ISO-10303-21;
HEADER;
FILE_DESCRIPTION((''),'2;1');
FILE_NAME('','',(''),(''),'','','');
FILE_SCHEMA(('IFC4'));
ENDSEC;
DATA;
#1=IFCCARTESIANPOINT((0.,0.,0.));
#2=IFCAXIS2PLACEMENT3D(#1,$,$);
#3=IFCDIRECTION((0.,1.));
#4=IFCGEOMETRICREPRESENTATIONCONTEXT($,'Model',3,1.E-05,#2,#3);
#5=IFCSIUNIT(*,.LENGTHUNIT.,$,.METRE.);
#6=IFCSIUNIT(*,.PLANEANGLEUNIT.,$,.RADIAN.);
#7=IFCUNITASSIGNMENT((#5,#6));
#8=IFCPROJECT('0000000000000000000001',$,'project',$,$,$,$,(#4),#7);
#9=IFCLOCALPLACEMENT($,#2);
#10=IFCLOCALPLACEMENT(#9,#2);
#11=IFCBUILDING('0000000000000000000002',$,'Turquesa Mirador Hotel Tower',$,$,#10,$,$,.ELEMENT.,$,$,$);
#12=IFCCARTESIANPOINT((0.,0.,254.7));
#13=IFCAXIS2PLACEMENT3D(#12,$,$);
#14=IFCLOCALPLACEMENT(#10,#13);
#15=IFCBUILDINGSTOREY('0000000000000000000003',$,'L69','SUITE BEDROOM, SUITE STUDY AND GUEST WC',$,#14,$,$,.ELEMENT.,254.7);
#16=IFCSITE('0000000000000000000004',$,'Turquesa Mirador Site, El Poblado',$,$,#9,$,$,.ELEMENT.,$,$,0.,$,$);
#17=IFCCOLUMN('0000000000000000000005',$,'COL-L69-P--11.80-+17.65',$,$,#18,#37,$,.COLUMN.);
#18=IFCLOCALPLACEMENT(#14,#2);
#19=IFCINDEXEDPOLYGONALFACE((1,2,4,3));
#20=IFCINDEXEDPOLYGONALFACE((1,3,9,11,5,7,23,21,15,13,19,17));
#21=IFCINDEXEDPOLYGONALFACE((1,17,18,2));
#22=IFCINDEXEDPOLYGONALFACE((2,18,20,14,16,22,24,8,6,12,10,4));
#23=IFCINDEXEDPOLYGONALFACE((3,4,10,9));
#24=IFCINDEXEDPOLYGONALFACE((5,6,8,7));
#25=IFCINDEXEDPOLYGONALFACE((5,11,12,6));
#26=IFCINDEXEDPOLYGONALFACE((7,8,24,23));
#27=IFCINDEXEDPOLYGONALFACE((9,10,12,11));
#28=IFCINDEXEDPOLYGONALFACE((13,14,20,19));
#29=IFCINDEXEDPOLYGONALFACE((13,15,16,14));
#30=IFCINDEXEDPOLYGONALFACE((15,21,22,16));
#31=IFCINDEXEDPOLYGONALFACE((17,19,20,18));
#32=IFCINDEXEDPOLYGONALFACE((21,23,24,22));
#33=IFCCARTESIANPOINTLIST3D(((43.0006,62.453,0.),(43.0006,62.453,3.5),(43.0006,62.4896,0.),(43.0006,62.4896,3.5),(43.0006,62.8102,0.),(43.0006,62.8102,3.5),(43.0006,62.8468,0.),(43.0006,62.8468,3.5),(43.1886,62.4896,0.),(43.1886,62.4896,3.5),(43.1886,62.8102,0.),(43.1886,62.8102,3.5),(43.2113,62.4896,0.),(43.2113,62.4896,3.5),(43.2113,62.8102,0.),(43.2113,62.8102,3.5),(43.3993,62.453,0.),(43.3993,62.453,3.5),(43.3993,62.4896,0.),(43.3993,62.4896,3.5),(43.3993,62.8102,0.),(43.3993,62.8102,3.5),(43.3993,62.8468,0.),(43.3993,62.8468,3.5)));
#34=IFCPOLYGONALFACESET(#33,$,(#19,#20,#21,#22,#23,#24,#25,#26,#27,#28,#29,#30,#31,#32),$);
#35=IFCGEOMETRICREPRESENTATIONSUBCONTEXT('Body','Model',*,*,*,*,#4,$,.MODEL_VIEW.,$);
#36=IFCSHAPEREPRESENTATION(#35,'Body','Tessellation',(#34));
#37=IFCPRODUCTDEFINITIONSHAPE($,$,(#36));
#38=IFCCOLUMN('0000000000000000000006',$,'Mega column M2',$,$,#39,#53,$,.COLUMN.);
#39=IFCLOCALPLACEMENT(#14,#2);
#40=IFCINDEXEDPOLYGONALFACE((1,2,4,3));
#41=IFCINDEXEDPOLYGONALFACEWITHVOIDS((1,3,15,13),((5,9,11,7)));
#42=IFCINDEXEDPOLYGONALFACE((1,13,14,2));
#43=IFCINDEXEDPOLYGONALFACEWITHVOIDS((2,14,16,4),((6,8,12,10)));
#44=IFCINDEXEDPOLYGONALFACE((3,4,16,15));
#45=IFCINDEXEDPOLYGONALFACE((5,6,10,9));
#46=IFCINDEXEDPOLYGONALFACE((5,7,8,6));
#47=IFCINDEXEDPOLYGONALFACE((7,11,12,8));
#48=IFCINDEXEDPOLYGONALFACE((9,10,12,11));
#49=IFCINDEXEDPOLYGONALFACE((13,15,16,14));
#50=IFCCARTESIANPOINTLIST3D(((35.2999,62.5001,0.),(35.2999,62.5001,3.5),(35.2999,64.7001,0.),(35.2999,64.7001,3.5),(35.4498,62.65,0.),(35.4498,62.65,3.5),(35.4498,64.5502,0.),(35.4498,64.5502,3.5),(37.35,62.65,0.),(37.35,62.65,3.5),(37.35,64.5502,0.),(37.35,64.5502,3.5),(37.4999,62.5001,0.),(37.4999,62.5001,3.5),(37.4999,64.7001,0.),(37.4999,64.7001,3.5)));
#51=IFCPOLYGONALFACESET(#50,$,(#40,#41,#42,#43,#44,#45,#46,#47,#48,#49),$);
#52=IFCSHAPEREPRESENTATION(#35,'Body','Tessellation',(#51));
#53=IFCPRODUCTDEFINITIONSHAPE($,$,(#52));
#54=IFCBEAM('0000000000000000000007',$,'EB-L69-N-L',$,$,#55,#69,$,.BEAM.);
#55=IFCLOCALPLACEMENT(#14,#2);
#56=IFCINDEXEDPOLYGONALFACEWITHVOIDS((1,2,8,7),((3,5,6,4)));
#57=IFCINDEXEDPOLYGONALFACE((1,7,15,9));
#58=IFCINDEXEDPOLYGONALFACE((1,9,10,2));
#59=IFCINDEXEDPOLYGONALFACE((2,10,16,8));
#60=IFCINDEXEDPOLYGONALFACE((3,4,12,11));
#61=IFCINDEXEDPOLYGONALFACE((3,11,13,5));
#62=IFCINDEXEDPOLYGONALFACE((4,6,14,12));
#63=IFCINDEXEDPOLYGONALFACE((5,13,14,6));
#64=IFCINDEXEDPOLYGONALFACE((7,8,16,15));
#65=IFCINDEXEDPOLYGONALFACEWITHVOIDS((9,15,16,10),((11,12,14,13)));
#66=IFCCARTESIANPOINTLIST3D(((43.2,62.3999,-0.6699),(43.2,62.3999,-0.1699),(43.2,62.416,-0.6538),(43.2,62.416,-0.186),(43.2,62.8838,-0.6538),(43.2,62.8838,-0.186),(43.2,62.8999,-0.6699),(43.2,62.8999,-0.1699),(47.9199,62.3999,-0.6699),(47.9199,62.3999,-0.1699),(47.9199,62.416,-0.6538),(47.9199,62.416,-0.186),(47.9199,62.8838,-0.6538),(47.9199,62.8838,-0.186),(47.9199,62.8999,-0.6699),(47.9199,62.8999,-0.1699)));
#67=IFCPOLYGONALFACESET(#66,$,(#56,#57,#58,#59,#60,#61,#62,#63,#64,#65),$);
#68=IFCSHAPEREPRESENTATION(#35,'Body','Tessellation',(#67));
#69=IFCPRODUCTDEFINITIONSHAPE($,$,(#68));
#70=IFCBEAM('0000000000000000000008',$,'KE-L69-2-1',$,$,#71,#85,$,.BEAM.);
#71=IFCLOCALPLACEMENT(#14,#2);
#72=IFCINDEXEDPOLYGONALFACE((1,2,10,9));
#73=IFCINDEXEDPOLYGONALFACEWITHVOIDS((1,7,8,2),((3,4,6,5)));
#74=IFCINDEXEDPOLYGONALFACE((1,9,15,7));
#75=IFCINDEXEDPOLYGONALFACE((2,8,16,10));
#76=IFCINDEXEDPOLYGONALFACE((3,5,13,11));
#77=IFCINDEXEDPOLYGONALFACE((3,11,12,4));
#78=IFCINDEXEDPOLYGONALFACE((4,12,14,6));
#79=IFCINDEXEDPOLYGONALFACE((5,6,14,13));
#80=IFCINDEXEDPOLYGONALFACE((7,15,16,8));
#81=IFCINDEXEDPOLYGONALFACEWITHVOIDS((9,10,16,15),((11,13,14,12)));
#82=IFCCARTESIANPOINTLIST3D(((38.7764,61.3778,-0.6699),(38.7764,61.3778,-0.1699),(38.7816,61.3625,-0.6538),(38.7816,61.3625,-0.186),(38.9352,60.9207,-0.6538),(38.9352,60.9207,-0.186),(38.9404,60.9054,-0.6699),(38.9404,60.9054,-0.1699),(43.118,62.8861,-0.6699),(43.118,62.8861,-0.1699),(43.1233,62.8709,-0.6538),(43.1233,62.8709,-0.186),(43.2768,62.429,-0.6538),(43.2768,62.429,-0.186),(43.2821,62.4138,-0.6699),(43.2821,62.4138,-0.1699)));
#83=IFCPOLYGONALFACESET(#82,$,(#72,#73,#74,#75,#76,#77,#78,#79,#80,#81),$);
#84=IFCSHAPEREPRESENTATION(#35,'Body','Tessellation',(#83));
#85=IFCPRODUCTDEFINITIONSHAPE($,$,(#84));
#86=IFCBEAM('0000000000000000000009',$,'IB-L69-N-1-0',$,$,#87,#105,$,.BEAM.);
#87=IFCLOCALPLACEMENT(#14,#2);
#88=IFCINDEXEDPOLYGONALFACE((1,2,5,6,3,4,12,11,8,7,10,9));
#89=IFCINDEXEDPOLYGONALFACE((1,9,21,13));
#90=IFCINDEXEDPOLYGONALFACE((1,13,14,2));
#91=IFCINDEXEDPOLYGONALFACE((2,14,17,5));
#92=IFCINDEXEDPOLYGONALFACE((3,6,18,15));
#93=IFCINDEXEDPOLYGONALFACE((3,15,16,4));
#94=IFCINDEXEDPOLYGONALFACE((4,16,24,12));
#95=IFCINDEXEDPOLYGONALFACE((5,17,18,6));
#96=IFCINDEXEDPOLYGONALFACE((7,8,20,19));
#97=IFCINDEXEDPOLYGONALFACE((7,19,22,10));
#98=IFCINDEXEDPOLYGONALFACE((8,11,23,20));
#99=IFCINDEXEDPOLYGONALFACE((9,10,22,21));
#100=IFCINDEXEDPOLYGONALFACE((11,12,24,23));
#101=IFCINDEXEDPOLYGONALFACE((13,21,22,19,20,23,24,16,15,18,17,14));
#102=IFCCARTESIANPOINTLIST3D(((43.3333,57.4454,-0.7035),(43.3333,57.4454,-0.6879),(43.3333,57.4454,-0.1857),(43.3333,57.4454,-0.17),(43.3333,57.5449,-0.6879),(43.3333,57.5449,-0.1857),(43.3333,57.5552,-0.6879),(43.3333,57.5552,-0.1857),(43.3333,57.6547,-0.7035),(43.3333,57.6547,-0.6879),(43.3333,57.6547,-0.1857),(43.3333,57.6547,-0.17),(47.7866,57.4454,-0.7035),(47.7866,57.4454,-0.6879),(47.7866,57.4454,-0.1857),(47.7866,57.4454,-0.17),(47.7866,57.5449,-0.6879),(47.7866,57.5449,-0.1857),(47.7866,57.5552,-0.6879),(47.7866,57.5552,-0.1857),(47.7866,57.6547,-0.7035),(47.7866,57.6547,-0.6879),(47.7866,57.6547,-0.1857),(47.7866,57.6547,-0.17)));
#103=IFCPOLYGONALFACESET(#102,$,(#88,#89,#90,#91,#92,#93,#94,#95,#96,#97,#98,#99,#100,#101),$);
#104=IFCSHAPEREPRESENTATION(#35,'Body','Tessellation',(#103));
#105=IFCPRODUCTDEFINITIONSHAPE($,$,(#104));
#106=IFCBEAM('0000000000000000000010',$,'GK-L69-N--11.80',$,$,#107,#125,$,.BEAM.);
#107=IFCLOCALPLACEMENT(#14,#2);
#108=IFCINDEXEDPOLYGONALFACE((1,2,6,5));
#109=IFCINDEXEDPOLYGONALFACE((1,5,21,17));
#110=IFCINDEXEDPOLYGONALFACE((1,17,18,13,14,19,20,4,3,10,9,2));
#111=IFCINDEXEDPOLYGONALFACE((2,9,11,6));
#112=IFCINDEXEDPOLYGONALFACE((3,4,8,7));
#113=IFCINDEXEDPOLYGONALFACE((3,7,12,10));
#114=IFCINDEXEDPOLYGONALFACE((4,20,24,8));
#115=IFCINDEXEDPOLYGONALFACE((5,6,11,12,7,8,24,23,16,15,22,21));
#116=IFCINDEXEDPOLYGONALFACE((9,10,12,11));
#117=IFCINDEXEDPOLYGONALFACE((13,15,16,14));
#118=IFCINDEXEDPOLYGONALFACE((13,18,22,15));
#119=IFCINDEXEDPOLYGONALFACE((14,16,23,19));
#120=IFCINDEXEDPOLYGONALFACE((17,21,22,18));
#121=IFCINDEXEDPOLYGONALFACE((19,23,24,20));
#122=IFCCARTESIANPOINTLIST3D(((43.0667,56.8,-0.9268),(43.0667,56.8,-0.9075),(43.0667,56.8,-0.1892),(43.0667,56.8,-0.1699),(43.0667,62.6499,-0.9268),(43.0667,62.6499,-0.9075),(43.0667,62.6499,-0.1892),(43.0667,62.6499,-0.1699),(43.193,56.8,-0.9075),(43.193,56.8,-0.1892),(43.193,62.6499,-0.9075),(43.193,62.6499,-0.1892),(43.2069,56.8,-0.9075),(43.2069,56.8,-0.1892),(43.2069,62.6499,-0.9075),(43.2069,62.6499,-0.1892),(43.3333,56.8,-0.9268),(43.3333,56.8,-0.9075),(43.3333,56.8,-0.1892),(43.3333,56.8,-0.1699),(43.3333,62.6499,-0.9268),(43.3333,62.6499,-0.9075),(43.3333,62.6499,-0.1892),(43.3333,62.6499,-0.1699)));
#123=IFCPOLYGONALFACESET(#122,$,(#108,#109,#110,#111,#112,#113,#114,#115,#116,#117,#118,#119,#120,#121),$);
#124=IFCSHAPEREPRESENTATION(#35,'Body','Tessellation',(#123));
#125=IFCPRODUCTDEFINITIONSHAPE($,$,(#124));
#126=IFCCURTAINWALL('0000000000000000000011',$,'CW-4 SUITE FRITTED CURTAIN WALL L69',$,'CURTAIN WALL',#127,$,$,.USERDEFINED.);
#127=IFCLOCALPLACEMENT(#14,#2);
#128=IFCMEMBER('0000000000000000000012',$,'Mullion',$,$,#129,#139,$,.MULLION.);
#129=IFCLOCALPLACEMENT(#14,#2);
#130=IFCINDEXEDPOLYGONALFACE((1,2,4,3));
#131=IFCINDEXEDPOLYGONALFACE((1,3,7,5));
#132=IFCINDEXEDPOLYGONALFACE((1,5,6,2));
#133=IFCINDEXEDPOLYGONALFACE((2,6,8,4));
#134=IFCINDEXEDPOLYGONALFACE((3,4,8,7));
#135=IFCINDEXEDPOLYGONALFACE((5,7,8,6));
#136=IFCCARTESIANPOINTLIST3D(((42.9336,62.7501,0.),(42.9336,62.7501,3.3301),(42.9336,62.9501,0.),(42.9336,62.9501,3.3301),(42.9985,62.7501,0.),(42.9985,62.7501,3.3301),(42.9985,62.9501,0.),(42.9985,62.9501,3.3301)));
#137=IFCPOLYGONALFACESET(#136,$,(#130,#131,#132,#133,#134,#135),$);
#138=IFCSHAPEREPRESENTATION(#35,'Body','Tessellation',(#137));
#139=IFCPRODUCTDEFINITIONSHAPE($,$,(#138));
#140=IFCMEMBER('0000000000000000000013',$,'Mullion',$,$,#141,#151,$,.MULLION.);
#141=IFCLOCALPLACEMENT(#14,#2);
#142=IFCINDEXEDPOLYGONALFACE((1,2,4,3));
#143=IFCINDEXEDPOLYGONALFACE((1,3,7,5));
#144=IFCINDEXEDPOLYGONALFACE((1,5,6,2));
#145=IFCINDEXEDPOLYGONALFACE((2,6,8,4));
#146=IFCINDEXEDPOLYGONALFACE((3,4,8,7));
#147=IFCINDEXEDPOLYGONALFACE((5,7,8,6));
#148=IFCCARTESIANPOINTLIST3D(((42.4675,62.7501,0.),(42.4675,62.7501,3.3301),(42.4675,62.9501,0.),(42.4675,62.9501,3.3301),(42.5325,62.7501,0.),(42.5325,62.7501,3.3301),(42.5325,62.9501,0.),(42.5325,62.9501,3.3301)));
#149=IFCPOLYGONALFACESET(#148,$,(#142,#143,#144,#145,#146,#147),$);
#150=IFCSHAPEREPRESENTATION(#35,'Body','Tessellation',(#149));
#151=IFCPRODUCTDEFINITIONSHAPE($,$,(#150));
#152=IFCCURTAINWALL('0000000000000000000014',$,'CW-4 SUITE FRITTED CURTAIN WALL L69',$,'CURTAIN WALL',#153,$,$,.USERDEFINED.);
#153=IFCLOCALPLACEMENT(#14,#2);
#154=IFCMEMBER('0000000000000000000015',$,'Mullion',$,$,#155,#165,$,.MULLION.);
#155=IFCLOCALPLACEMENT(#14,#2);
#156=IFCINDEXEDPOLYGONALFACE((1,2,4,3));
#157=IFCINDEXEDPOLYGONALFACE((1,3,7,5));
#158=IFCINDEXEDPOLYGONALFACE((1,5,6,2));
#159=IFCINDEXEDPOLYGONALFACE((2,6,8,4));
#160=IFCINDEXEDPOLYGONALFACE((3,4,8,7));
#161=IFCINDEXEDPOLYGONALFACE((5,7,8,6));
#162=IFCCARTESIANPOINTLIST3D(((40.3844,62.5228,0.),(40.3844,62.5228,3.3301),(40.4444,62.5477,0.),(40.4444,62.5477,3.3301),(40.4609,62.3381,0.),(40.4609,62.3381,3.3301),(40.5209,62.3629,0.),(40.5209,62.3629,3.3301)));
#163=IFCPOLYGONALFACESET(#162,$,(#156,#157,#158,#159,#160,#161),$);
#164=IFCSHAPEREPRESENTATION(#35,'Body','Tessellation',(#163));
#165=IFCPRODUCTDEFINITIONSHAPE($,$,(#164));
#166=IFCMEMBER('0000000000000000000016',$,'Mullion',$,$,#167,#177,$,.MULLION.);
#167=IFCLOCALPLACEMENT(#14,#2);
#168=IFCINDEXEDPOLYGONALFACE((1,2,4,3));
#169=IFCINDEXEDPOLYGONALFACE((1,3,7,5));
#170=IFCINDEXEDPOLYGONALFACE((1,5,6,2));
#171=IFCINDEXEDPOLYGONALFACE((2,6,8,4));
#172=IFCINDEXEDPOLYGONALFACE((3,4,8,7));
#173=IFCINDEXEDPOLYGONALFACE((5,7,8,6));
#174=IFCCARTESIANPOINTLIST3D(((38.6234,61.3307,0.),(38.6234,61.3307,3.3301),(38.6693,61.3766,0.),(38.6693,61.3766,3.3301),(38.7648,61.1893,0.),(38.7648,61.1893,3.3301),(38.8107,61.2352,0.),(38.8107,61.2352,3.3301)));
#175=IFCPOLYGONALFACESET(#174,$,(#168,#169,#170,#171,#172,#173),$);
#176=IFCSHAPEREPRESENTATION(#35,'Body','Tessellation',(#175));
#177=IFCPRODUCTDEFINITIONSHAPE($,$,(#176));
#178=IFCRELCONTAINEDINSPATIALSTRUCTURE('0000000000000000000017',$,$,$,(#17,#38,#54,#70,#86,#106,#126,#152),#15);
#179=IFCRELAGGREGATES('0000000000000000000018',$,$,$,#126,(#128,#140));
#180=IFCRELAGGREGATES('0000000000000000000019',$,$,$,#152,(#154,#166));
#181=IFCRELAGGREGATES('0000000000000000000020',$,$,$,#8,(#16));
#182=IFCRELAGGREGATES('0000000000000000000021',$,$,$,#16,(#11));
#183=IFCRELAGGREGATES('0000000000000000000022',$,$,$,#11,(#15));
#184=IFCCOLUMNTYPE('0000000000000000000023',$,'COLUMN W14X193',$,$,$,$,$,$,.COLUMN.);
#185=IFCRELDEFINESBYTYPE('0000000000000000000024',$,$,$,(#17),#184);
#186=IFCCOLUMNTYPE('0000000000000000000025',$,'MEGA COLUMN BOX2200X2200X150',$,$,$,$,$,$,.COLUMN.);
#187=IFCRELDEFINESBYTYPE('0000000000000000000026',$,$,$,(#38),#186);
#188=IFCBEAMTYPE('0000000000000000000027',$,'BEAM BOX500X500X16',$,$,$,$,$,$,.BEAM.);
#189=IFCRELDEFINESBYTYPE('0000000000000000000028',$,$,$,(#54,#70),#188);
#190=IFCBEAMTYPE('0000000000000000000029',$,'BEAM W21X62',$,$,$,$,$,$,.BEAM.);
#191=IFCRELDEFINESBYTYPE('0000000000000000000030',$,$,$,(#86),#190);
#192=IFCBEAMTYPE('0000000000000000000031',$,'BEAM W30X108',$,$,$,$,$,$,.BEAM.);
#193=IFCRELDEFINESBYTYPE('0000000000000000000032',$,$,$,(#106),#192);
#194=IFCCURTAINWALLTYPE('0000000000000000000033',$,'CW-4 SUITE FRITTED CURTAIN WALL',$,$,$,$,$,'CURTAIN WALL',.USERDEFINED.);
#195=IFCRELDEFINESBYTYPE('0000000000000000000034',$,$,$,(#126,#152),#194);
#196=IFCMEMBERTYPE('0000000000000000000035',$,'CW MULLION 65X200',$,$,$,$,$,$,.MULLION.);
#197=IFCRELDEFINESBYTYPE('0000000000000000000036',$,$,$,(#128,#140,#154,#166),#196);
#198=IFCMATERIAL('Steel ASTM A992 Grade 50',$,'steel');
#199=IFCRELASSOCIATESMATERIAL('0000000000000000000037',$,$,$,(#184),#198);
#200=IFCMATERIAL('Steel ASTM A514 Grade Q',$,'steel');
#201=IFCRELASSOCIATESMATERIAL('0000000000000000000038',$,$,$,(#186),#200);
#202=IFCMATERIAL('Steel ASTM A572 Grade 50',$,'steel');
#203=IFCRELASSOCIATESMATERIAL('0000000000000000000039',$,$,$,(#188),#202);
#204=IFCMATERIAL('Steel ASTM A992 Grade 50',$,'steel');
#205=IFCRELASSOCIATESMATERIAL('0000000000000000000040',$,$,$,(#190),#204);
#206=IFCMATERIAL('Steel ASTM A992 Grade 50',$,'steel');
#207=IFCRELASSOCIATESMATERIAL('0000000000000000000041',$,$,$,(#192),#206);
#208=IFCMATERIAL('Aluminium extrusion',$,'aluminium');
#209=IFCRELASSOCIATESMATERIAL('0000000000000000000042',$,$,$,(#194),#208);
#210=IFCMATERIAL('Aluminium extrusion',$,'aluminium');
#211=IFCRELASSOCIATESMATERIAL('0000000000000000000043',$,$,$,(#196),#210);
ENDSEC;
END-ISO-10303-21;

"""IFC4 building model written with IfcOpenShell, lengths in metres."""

from ifc_helpers import new_model, si_unit, direction, frame, origin, origin_2d, place, context, subcontext, project, spatial, rectangle, hollow_rectangle, i_section, extrude, material, material_profile, profile_set, type_object, element, aggregate, save


model = new_model("IFC4")

# Units and contexts
model_context = context("Model", 3, precision=1e-05, world=origin(), true_north=direction((0.0, 1.0)))
body_context = subcontext(model_context, "Body", "Model", "MODEL_VIEW")
ifc_project = project(units=[si_unit("LENGTHUNIT", "METRE"), si_unit("PLANEANGLEUNIT", "RADIAN")], contexts=[model_context])

# Site, building, storey
site_placement = place(None, origin())
site = spatial("IfcSite", under=ifc_project, at=site_placement, Name="Turquesa Mirador Site, El Poblado", CompositionType="ELEMENT", RefElevation=0.0)
building_placement = place(site_placement, origin())
building = spatial("IfcBuilding", under=site, at=building_placement, Name="Turquesa Mirador Hotel Tower", CompositionType="ELEMENT")
storey_placement = place(building_placement, frame((0.0, 0.0, 254.7)))
storey = spatial("IfcBuildingStorey", under=building, at=storey_placement, Name="L69", Description="SUITE BEDROOM, SUITE STUDY AND GUEST WC", CompositionType="ELEMENT", Elevation=254.7)

# Columns
ifc_material_1 = material(Name="Steel ASTM A992 Grade 50", Category="steel")
ifc_material_profile_1 = material_profile(ifc_material_1, i_section(OverallWidth=0.3987, OverallDepth=0.3938, WebThickness=0.0227, FlangeThickness=0.0366, at=origin_2d()), Name="W14X193")
ifc_profile_set_1 = profile_set([ifc_material_profile_1], Name="Steel ASTM A992 Grade 50")
column_type_1 = type_object("IfcColumnType", Name="COLUMN W14X193", PredefinedType="COLUMN", material=ifc_profile_set_1)
column_1_placement = place(storey_placement, frame((43.2, 62.6499, 0.0), z_axis=(0.0, 0.0, 1.0), x_axis=(1.0, 0.0, 0.0)))
element("IfcColumn", 1, at=column_1_placement, inside=storey, type_object=column_type_1, Name="COL-L69-P--11.80-+17.65", PredefinedType="COLUMN", context=body_context, shape_type="SweptSolid", body=[
    extrude(i_section(OverallWidth=0.3987, OverallDepth=0.3938, WebThickness=0.0227, FlangeThickness=0.0366, at=origin_2d()), origin(), (0.0, 0.0, 1.0), 3.5),
])
ifc_material_2 = material(Name="Steel ASTM A514 Grade Q", Category="steel")
ifc_material_profile_2 = material_profile(ifc_material_2, hollow_rectangle(XDim=2.2, YDim=2.2, WallThickness=0.1499, at=origin_2d()), Name="BOX2200X2200X150")
ifc_profile_set_2 = profile_set([ifc_material_profile_2], Name="Steel ASTM A514 Grade Q")
column_type_2 = type_object("IfcColumnType", Name="MEGA COLUMN BOX2200X2200X150", PredefinedType="COLUMN", material=ifc_profile_set_2)
column_2_placement = place(storey_placement, frame((36.3999, 63.6001, 0.0), z_axis=(0.0, 0.0, 1.0), x_axis=(1.0, 0.0, 0.0)))
element("IfcColumn", 2, at=column_2_placement, inside=storey, type_object=column_type_2, Name="Mega column M2", PredefinedType="COLUMN", context=body_context, shape_type="SweptSolid", body=[
    extrude(hollow_rectangle(XDim=2.2, YDim=2.2, WallThickness=0.1499, at=origin_2d()), origin(), (0.0, 0.0, 1.0), 3.5),
])

# Beams
ifc_material_3 = material(Name="Steel ASTM A572 Grade 50", Category="steel")
ifc_material_profile_3 = material_profile(ifc_material_3, hollow_rectangle(XDim=0.5, YDim=0.5, WallThickness=0.0161, at=origin_2d()), Name="BOX500X500X16")
ifc_profile_set_3 = profile_set([ifc_material_profile_3], Name="Steel ASTM A572 Grade 50")
beam_type_1 = type_object("IfcBeamType", Name="BEAM BOX500X500X16", PredefinedType="BEAM", material=ifc_profile_set_3)
beam_1_placement = place(storey_placement, frame((43.2, 62.6499, -0.4199), z_axis=(1.0, 0.0, 0.0), x_axis=(0.0, 1.0, 0.0)))
element("IfcBeam", 3, at=beam_1_placement, inside=storey, type_object=beam_type_1, Name="EB-L69-N-L", PredefinedType="BEAM", context=body_context, shape_type="SweptSolid", body=[
    extrude(hollow_rectangle(XDim=0.5, YDim=0.5, WallThickness=0.0161, at=origin_2d()), origin(), (0.0, 0.0, 1.0), 4.72),
])
beam_2_placement = place(storey_placement, frame((38.8584, 61.1416, -0.4199), z_axis=(0.944619, 0.32817, 0.0), x_axis=(-0.32817, 0.944619, 0.0)))
element("IfcBeam", 4, at=beam_2_placement, inside=storey, type_object=beam_type_1, Name="KE-L69-2-1", PredefinedType="BEAM", context=body_context, shape_type="SweptSolid", body=[
    extrude(hollow_rectangle(XDim=0.5, YDim=0.5, WallThickness=0.0161, at=origin_2d()), origin(), (0.0, 0.0, 1.0), 4.5962),
])
ifc_material_4 = material(Name="Steel ASTM A992 Grade 50", Category="steel")
ifc_material_profile_4 = material_profile(ifc_material_4, i_section(OverallWidth=0.2092, OverallDepth=0.5334, WebThickness=0.0103, FlangeThickness=0.0156, at=origin_2d()), Name="W21X62")
ifc_profile_set_4 = profile_set([ifc_material_profile_4], Name="Steel ASTM A992 Grade 50")
beam_type_2 = type_object("IfcBeamType", Name="BEAM W21X62", PredefinedType="BEAM", material=ifc_profile_set_4)
beam_3_placement = place(storey_placement, frame((43.3333, 57.55, -0.4368), z_axis=(1.0, 0.0, 0.0), x_axis=(0.0, 1.0, 0.0)))
element("IfcBeam", 5, at=beam_3_placement, inside=storey, type_object=beam_type_2, Name="IB-L69-N-1-0", PredefinedType="BEAM", context=body_context, shape_type="SweptSolid", body=[
    extrude(i_section(OverallWidth=0.2092, OverallDepth=0.5334, WebThickness=0.0103, FlangeThickness=0.0156, at=origin_2d()), origin(), (0.0, 0.0, 1.0), 4.4534),
])
ifc_material_5 = material(Name="Steel ASTM A992 Grade 50", Category="steel")
ifc_material_profile_5 = material_profile(ifc_material_5, i_section(OverallWidth=0.2666, OverallDepth=0.7568, WebThickness=0.0139, FlangeThickness=0.0193, at=origin_2d()), Name="W30X108")
ifc_profile_set_5 = profile_set([ifc_material_profile_5], Name="Steel ASTM A992 Grade 50")
beam_type_3 = type_object("IfcBeamType", Name="BEAM W30X108", PredefinedType="BEAM", material=ifc_profile_set_5)
beam_4_placement = place(storey_placement, frame((43.2, 62.6499, -0.5483), z_axis=(0.0, -1.0, 0.0), x_axis=(1.0, 0.0, 0.0)))
element("IfcBeam", 6, at=beam_4_placement, inside=storey, type_object=beam_type_3, Name="GK-L69-N--11.80", PredefinedType="BEAM", context=body_context, shape_type="SweptSolid", body=[
    extrude(i_section(OverallWidth=0.2666, OverallDepth=0.7568, WebThickness=0.0139, FlangeThickness=0.0193, at=origin_2d()), origin(), (0.0, 0.0, 1.0), 5.8499),
])

# Curtain walls, members
ifc_material_6 = material(Name="Aluminium extrusion", Category="aluminium")
curtain_wall_type = type_object("IfcCurtainWallType", Name="CW-4 SUITE FRITTED CURTAIN WALL", ElementType="CURTAIN WALL", PredefinedType="USERDEFINED", material=ifc_material_6)
curtain_wall_1_placement = place(storey_placement, origin())
curtain_wall_1 = element("IfcCurtainWall", 7, at=curtain_wall_1_placement, inside=storey, type_object=curtain_wall_type, Name="CW-4 SUITE FRITTED CURTAIN WALL L69", ObjectType="CURTAIN WALL", PredefinedType="USERDEFINED")
ifc_material_7 = material(Name="Aluminium extrusion", Category="aluminium")
ifc_material_profile_6 = material_profile(ifc_material_7, rectangle(XDim=0.0649, YDim=0.2, at=origin_2d()), Name="MULLION 65X200")
ifc_profile_set_6 = profile_set([ifc_material_profile_6], Name="Aluminium extrusion")
member_type_1 = type_object("IfcMemberType", Name="CW MULLION 65X200", PredefinedType="MULLION", material=ifc_profile_set_6)
member_1_placement = place(storey_placement, frame((42.9661, 62.8501, 0.0), z_axis=(0.0, 0.0, 1.0), x_axis=(-1.0, 0.0, 0.0)))
member_1 = element("IfcMember", 8, at=member_1_placement, type_object=member_type_1, Name="Mullion", PredefinedType="MULLION", context=body_context, shape_type="SweptSolid", body=[
    extrude(rectangle(XDim=0.0649, YDim=0.2, at=origin_2d()), origin(), (0.0, 0.0, 1.0), 3.3301),
])
member_2_placement = place(storey_placement, frame((42.5, 62.8501, 0.0), z_axis=(0.0, 0.0, 1.0), x_axis=(-1.0, 0.0, 0.0)))
member_2 = element("IfcMember", 9, at=member_2_placement, type_object=member_type_1, Name="Mullion", PredefinedType="MULLION", context=body_context, shape_type="SweptSolid", body=[
    extrude(rectangle(XDim=0.0649, YDim=0.2, at=origin_2d()), origin(), (0.0, 0.0, 1.0), 3.3301),
])
curtain_wall_2_placement = place(storey_placement, origin())
curtain_wall_2 = element("IfcCurtainWall", 10, at=curtain_wall_2_placement, inside=storey, type_object=curtain_wall_type, Name="CW-4 SUITE FRITTED CURTAIN WALL L69", ObjectType="CURTAIN WALL", PredefinedType="USERDEFINED")
member_3_placement = place(storey_placement, frame((40.4526, 62.4429, 0.0), z_axis=(0.0, 0.0, 1.0), x_axis=(-0.92388, -0.382683, 0.0)))
member_3 = element("IfcMember", 11, at=member_3_placement, type_object=member_type_1, Name="Mullion", PredefinedType="MULLION", context=body_context, shape_type="SweptSolid", body=[
    extrude(rectangle(XDim=0.0649, YDim=0.2, at=origin_2d()), origin(), (0.0, 0.0, 1.0), 3.3301),
])
member_4_placement = place(storey_placement, frame((38.717, 61.283, 0.0), z_axis=(0.0, 0.0, 1.0), x_axis=(-0.707107, -0.707107, 0.0)))
member_4 = element("IfcMember", 12, at=member_4_placement, type_object=member_type_1, Name="Mullion", PredefinedType="MULLION", context=body_context, shape_type="SweptSolid", body=[
    extrude(rectangle(XDim=0.0649, YDim=0.2, at=origin_2d()), origin(), (0.0, 0.0, 1.0), 3.3301),
])

aggregate(curtain_wall_1, [member_1, member_2])
aggregate(curtain_wall_2, [member_3, member_4])

save(model, "model.ifc")
